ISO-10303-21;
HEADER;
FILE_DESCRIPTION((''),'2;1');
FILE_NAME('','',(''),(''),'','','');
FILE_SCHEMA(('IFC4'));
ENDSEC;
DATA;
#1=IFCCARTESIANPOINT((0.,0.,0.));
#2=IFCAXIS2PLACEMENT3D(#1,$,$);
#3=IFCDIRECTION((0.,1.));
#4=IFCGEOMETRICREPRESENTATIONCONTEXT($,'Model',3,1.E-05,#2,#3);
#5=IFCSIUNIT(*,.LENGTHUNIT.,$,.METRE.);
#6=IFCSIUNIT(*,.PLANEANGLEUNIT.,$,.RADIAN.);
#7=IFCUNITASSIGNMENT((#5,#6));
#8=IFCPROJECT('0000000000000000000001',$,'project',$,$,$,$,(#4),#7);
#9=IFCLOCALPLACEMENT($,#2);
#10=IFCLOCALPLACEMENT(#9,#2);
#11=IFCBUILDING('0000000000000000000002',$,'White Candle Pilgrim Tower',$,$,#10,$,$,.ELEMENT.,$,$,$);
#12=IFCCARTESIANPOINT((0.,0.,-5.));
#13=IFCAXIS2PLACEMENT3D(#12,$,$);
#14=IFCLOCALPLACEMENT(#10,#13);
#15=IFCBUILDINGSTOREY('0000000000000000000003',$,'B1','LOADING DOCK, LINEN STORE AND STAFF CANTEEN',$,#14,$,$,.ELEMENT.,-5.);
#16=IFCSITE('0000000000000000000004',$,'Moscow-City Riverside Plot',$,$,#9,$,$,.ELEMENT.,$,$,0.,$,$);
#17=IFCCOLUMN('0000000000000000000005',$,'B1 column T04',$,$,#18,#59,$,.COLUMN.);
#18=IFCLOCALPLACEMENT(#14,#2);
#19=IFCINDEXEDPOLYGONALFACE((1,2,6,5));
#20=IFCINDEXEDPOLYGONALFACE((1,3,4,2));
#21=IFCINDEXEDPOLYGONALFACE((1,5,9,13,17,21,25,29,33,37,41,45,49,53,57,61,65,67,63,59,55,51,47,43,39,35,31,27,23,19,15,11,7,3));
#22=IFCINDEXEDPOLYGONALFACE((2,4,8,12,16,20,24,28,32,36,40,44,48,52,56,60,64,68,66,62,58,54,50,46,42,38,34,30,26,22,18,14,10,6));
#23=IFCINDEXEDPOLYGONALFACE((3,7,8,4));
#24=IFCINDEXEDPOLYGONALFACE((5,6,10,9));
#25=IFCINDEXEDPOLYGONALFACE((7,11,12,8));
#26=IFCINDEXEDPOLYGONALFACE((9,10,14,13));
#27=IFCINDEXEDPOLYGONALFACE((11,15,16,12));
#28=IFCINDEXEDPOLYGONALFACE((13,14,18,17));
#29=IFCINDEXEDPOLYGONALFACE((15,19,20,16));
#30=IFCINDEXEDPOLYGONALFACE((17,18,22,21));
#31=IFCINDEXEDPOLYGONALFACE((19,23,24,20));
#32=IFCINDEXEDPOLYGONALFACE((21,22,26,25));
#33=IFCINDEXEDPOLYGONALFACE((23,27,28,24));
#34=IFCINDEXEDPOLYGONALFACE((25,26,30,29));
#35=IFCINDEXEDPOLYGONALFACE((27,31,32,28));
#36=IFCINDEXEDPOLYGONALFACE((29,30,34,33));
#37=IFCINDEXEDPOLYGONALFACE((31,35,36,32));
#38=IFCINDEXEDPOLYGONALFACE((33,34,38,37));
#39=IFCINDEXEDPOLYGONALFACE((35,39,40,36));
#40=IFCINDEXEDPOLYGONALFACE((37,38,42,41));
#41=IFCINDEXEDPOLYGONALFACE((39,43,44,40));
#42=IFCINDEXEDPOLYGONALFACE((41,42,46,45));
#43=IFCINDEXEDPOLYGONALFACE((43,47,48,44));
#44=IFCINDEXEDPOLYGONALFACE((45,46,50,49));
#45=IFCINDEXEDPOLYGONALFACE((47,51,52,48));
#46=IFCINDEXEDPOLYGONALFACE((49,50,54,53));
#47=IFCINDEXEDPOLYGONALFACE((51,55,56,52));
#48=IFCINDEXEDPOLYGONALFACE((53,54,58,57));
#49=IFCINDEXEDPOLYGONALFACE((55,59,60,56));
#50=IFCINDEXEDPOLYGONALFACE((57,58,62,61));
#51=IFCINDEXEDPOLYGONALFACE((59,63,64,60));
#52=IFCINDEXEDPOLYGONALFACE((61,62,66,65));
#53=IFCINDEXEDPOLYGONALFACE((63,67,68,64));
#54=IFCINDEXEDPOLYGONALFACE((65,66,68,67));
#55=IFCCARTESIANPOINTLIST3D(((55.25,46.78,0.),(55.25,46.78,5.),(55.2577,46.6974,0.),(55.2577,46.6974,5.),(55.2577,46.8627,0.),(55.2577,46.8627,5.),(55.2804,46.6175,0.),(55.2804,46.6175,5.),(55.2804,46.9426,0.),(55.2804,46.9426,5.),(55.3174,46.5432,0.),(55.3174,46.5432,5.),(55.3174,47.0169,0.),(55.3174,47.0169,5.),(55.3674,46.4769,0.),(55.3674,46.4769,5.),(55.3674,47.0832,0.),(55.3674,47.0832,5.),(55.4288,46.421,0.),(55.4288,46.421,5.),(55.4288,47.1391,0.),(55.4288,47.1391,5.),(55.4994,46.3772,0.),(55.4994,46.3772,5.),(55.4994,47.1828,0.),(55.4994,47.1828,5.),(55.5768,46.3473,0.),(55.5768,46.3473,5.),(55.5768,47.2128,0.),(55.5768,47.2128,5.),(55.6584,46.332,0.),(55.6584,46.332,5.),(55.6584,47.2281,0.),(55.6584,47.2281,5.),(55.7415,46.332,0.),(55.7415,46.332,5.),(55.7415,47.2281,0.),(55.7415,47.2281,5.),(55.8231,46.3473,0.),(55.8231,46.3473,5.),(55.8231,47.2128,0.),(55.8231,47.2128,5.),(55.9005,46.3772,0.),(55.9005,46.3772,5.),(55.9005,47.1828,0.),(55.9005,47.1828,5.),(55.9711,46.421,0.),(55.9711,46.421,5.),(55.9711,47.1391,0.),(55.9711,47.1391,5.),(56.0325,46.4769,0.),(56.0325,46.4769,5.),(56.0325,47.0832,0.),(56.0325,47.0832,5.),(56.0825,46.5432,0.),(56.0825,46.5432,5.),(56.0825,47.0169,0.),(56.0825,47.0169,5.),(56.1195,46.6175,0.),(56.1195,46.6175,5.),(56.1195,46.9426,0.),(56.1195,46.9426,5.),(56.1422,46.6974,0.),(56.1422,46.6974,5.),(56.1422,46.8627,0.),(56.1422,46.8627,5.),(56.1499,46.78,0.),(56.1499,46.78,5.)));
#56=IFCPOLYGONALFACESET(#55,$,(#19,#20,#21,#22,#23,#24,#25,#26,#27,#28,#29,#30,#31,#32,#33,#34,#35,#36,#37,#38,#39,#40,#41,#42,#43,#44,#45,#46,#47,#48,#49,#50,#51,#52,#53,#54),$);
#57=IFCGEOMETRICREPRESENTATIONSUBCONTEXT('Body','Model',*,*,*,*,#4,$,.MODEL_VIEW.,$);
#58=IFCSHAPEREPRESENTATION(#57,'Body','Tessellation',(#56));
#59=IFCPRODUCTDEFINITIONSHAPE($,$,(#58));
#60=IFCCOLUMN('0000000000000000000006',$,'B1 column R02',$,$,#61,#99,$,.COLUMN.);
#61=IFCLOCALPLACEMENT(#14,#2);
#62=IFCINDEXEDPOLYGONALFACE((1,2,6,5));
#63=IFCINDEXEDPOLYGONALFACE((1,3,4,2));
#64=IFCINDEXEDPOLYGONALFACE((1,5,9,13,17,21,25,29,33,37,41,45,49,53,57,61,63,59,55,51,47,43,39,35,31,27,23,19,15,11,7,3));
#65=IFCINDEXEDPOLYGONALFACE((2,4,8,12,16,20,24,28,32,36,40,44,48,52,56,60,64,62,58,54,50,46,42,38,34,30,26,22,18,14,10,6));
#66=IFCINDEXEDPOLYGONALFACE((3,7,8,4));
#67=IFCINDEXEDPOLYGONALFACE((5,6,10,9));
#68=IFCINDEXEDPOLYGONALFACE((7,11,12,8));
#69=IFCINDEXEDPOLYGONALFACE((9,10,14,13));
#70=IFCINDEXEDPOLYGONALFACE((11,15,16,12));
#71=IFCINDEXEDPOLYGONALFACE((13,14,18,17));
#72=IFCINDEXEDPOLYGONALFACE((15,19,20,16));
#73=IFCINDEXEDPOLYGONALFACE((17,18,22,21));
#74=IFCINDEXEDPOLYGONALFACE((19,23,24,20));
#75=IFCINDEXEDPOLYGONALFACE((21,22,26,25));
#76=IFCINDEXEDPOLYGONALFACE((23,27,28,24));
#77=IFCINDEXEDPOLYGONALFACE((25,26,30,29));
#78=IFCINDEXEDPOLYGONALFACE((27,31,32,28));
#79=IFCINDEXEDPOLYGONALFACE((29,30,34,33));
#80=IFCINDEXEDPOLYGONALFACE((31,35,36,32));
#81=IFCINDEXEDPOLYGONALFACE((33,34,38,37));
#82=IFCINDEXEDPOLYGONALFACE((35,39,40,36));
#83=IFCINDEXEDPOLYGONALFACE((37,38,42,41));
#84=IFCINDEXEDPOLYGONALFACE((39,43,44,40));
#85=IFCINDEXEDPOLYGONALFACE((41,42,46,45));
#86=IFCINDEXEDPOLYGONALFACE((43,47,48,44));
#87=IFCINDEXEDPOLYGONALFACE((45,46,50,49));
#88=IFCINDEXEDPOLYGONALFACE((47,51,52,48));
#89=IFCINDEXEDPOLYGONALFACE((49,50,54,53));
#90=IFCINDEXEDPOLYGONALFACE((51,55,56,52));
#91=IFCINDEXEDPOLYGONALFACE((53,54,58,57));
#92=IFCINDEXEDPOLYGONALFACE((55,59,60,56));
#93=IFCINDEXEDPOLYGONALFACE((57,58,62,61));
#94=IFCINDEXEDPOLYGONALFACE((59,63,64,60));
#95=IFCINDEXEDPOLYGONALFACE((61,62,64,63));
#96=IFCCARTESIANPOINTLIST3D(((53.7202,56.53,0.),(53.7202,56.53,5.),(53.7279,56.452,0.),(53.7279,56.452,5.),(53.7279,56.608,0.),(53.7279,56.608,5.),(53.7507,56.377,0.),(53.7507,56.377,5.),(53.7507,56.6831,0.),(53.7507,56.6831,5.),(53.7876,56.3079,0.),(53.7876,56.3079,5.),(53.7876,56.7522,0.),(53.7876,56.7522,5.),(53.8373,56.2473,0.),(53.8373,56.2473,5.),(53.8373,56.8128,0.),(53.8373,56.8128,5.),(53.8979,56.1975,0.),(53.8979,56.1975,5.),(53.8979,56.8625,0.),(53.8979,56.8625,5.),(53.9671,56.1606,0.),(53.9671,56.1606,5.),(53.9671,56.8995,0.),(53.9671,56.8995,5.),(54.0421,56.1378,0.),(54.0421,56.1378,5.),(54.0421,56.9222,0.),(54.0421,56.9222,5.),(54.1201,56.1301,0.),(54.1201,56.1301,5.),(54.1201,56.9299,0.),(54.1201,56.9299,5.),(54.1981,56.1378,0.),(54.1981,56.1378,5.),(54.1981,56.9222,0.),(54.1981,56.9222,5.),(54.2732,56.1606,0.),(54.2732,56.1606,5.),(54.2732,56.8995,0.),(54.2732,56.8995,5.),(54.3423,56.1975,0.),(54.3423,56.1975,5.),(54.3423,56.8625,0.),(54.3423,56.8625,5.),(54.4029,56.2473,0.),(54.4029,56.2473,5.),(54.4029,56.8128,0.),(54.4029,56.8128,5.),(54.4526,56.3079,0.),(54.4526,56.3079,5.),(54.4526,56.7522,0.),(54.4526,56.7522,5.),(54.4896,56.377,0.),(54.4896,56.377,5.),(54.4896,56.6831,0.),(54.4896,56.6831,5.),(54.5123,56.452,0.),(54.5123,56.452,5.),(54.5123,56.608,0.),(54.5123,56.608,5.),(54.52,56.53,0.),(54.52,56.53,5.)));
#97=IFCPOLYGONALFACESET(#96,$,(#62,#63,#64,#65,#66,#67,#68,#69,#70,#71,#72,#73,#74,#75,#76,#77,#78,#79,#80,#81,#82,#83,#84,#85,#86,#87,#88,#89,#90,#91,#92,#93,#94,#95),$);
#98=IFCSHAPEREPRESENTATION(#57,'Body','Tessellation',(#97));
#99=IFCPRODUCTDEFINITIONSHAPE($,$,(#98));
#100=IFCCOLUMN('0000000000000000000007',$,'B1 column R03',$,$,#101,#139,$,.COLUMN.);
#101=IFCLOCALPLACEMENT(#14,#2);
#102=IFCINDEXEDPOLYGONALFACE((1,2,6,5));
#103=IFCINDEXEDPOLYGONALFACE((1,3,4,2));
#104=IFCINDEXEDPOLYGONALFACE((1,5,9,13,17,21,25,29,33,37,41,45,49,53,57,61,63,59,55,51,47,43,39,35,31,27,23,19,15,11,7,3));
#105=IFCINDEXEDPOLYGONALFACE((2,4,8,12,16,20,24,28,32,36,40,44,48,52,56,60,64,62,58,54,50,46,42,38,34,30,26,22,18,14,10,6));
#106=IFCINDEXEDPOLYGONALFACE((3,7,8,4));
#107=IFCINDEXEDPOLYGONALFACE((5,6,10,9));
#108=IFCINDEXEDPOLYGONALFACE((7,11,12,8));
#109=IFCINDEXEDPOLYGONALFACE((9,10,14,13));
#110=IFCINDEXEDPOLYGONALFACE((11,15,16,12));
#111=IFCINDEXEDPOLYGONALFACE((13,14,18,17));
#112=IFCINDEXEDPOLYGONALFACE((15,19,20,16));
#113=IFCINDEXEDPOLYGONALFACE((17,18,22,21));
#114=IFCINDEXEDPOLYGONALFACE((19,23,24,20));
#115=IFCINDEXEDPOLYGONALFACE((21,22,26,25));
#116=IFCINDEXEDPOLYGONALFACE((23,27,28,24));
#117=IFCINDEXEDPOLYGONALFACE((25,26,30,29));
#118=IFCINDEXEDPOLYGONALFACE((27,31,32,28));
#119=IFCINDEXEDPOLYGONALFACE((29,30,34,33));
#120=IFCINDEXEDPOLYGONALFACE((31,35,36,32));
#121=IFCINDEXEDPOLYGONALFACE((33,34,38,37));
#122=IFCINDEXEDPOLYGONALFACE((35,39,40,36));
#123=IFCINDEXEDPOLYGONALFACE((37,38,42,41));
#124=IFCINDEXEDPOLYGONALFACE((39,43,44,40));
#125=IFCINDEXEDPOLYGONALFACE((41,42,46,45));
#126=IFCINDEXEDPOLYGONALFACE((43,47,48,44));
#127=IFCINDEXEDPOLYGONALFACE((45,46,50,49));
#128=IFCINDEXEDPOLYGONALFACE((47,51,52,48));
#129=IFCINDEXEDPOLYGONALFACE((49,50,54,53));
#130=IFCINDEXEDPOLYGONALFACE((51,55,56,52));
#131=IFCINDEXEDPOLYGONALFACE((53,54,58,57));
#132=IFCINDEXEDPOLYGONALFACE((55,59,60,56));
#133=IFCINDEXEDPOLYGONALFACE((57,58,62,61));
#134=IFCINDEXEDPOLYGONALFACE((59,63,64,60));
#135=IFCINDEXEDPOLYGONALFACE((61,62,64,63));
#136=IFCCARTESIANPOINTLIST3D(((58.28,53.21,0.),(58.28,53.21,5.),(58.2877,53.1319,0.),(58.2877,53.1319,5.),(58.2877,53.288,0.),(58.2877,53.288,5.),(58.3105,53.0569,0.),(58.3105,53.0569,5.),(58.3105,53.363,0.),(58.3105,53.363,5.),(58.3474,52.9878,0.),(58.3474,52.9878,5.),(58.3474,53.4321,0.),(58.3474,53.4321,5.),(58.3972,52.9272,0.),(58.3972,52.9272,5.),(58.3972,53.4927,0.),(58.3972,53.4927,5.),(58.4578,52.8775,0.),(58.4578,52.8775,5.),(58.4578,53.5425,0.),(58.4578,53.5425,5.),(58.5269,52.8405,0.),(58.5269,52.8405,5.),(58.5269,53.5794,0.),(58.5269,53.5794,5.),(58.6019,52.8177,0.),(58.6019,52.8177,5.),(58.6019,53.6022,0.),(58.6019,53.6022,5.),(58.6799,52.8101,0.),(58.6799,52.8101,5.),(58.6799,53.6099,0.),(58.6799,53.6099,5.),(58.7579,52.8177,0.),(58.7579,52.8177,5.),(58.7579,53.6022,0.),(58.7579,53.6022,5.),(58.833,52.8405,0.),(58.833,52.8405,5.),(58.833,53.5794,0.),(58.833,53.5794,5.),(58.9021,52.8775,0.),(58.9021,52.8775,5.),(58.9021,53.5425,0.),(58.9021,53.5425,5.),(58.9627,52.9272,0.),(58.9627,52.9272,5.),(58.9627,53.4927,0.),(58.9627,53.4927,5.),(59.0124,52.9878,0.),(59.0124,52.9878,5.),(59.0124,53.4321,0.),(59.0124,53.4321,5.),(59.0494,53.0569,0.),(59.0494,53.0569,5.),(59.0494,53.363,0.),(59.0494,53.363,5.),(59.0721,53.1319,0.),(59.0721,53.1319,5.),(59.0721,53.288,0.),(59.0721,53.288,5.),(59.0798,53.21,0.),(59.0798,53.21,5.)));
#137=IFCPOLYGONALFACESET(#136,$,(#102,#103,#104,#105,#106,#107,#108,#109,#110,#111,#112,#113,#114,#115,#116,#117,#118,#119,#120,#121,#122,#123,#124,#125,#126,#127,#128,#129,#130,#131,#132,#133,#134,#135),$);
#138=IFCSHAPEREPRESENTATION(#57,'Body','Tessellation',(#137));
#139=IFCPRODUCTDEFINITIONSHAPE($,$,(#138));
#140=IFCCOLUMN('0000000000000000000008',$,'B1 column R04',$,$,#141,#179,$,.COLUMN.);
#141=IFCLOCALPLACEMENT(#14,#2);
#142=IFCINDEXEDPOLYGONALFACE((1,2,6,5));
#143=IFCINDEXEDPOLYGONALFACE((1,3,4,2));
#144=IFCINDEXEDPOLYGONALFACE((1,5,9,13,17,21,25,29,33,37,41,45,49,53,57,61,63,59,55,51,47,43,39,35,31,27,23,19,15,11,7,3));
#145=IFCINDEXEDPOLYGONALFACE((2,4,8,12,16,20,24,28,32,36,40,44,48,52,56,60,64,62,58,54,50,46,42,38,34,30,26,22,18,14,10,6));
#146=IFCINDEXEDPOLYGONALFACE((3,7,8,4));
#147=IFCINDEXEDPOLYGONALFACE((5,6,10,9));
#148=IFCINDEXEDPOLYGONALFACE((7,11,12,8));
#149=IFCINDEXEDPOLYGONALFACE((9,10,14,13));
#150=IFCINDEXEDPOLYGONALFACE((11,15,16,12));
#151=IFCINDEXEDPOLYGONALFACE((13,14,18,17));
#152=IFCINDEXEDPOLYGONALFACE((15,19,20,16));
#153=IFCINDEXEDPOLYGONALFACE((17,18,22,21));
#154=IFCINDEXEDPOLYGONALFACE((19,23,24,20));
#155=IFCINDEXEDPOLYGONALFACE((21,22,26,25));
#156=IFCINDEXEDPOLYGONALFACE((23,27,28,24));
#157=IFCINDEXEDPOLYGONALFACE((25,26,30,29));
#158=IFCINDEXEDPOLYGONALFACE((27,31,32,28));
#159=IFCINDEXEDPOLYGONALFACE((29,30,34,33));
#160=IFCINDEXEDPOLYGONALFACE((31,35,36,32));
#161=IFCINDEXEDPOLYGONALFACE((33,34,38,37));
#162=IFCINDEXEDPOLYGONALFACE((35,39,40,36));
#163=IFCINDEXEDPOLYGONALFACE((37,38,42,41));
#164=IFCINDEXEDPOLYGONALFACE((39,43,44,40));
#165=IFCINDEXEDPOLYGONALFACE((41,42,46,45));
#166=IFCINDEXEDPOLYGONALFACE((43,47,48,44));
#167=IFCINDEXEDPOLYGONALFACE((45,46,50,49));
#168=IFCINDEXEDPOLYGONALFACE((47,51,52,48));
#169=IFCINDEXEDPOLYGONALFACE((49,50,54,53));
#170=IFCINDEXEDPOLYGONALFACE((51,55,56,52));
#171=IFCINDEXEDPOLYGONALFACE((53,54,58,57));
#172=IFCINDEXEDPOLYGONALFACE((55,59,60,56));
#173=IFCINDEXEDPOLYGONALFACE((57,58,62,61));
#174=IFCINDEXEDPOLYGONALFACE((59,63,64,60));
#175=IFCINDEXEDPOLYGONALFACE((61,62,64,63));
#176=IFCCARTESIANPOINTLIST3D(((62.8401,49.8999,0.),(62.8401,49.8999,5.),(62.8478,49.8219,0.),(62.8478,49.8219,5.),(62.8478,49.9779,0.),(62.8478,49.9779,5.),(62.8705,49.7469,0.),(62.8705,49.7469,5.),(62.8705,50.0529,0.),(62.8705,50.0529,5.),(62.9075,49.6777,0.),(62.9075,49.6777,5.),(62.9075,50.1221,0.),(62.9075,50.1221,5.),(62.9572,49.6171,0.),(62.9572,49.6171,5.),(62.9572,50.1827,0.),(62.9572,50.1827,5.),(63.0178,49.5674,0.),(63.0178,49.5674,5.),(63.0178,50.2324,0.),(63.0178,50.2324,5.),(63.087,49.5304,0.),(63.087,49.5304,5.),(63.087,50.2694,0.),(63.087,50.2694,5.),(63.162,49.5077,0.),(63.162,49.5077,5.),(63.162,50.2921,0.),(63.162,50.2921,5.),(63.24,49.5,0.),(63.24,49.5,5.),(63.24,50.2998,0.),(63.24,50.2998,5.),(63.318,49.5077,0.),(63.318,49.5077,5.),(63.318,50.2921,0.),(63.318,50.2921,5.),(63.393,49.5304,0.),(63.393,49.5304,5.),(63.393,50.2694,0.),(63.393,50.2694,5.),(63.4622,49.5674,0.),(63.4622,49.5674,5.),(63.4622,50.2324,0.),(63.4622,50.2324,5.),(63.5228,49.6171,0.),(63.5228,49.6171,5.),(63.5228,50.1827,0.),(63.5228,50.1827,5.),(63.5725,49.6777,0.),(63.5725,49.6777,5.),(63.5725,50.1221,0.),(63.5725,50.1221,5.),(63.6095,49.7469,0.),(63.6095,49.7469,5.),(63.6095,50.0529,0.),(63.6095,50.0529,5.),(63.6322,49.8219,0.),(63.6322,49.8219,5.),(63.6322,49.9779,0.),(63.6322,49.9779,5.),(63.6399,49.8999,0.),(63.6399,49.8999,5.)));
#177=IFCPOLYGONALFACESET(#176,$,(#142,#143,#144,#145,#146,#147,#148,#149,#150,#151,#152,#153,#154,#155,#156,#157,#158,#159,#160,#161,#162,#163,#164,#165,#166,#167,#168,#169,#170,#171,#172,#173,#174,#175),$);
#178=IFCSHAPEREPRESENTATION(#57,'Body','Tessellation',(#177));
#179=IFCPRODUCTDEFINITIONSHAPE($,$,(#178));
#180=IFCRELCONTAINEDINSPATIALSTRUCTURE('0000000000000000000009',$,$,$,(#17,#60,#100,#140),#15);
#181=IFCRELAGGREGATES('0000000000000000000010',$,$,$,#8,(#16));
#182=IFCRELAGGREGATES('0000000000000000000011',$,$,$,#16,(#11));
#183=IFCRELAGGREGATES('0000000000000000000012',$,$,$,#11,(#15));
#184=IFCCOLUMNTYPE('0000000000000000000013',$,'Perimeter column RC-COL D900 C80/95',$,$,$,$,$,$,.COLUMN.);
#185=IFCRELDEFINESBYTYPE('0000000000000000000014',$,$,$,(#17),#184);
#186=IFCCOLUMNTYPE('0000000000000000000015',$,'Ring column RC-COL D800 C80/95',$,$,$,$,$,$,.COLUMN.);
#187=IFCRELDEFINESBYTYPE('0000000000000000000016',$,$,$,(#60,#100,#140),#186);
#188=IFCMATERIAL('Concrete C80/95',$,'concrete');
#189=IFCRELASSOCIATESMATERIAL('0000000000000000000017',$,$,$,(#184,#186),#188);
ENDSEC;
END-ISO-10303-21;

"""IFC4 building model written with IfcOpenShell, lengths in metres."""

from ifc_helpers import new_model, si_unit, direction, frame, origin, origin_2d, place, context, subcontext, project, spatial, circle, extrude, material, material_profile, profile_set, type_object, element, save


model = new_model("IFC4")

# Units and contexts
model_context = context("Model", 3, precision=1e-05, world=origin(), true_north=direction((0.0, 1.0)))
body_context = subcontext(model_context, "Body", "Model", "MODEL_VIEW")
ifc_project = project(units=[si_unit("LENGTHUNIT", "METRE"), si_unit("PLANEANGLEUNIT", "RADIAN")], contexts=[model_context])

# Site, building, storey
site_placement = place(None, origin())
site = spatial("IfcSite", under=ifc_project, at=site_placement, Name="Moscow-City Riverside Plot", CompositionType="ELEMENT", RefElevation=0.0)
building_placement = place(site_placement, origin())
building = spatial("IfcBuilding", under=site, at=building_placement, Name="White Candle Pilgrim Tower", CompositionType="ELEMENT")
storey_placement = place(building_placement, frame((0.0, 0.0, -5.0)))
storey = spatial("IfcBuildingStorey", under=building, at=storey_placement, Name="B1", Description="LOADING DOCK, LINEN STORE AND STAFF CANTEEN", CompositionType="ELEMENT", Elevation=-5.0)

# Columns
ifc_material_1 = material(Name="Concrete C80/95", Category="concrete")
ifc_material_profile_1 = material_profile(ifc_material_1, circle(Radius=0.45, at=origin_2d()), Name="RC-COL D900")
ifc_profile_set_1 = profile_set([ifc_material_profile_1], Name="Concrete C80/95")
column_type_1 = type_object("IfcColumnType", Name="Perimeter column RC-COL D900 C80/95", PredefinedType="COLUMN", material=ifc_profile_set_1)
column_placement = place(storey_placement, frame((55.7, 46.78, 0.0), z_axis=(0.0, 0.0, 1.0), x_axis=(1.0, 0.0, 0.0)))
element("IfcColumn", 1, at=column_placement, inside=storey, type_object=column_type_1, Name="B1 column T04", PredefinedType="COLUMN", context=body_context, shape_type="SweptSolid", body=[
    extrude(circle(Radius=0.45, at=origin_2d()), origin(), (0.0, 0.0, 1.0), 5.0),
])
ifc_material_profile_2 = material_profile(ifc_material_1, circle(Radius=0.3999, at=origin_2d()), Name="RC-COL D800")
ifc_profile_set_2 = profile_set([ifc_material_profile_2], Name="Concrete C80/95")
column_type_2 = type_object("IfcColumnType", Name="Ring column RC-COL D800 C80/95", PredefinedType="COLUMN", material=ifc_profile_set_2)
for number, where, z_axis, x_axis, name in (
    (2, (54.1201, 56.53, 0.0), (0.0, 0.0, 1.0), (1.0, 0.0, 0.0), "B1 column R02"),
    (3, (58.6799, 53.21, 0.0), (0.0, 0.0, 1.0), (1.0, 0.0, 0.0), "B1 column R03"),
    (4, (63.24, 49.8999, 0.0), (0.0, 0.0, 1.0), (1.0, 0.0, 0.0), "B1 column R04"),
):
    element("IfcColumn", number, at=place(storey_placement, frame(where, z_axis=z_axis, x_axis=x_axis)), inside=storey, type_object=column_type_2, Name=name, PredefinedType="COLUMN", context=body_context, shape_type="SweptSolid", body=[
        extrude(circle(Radius=0.3999, at=origin_2d()), origin(), (0.0, 0.0, 1.0), 5.0),
    ])

save(model, "model.ifc")
